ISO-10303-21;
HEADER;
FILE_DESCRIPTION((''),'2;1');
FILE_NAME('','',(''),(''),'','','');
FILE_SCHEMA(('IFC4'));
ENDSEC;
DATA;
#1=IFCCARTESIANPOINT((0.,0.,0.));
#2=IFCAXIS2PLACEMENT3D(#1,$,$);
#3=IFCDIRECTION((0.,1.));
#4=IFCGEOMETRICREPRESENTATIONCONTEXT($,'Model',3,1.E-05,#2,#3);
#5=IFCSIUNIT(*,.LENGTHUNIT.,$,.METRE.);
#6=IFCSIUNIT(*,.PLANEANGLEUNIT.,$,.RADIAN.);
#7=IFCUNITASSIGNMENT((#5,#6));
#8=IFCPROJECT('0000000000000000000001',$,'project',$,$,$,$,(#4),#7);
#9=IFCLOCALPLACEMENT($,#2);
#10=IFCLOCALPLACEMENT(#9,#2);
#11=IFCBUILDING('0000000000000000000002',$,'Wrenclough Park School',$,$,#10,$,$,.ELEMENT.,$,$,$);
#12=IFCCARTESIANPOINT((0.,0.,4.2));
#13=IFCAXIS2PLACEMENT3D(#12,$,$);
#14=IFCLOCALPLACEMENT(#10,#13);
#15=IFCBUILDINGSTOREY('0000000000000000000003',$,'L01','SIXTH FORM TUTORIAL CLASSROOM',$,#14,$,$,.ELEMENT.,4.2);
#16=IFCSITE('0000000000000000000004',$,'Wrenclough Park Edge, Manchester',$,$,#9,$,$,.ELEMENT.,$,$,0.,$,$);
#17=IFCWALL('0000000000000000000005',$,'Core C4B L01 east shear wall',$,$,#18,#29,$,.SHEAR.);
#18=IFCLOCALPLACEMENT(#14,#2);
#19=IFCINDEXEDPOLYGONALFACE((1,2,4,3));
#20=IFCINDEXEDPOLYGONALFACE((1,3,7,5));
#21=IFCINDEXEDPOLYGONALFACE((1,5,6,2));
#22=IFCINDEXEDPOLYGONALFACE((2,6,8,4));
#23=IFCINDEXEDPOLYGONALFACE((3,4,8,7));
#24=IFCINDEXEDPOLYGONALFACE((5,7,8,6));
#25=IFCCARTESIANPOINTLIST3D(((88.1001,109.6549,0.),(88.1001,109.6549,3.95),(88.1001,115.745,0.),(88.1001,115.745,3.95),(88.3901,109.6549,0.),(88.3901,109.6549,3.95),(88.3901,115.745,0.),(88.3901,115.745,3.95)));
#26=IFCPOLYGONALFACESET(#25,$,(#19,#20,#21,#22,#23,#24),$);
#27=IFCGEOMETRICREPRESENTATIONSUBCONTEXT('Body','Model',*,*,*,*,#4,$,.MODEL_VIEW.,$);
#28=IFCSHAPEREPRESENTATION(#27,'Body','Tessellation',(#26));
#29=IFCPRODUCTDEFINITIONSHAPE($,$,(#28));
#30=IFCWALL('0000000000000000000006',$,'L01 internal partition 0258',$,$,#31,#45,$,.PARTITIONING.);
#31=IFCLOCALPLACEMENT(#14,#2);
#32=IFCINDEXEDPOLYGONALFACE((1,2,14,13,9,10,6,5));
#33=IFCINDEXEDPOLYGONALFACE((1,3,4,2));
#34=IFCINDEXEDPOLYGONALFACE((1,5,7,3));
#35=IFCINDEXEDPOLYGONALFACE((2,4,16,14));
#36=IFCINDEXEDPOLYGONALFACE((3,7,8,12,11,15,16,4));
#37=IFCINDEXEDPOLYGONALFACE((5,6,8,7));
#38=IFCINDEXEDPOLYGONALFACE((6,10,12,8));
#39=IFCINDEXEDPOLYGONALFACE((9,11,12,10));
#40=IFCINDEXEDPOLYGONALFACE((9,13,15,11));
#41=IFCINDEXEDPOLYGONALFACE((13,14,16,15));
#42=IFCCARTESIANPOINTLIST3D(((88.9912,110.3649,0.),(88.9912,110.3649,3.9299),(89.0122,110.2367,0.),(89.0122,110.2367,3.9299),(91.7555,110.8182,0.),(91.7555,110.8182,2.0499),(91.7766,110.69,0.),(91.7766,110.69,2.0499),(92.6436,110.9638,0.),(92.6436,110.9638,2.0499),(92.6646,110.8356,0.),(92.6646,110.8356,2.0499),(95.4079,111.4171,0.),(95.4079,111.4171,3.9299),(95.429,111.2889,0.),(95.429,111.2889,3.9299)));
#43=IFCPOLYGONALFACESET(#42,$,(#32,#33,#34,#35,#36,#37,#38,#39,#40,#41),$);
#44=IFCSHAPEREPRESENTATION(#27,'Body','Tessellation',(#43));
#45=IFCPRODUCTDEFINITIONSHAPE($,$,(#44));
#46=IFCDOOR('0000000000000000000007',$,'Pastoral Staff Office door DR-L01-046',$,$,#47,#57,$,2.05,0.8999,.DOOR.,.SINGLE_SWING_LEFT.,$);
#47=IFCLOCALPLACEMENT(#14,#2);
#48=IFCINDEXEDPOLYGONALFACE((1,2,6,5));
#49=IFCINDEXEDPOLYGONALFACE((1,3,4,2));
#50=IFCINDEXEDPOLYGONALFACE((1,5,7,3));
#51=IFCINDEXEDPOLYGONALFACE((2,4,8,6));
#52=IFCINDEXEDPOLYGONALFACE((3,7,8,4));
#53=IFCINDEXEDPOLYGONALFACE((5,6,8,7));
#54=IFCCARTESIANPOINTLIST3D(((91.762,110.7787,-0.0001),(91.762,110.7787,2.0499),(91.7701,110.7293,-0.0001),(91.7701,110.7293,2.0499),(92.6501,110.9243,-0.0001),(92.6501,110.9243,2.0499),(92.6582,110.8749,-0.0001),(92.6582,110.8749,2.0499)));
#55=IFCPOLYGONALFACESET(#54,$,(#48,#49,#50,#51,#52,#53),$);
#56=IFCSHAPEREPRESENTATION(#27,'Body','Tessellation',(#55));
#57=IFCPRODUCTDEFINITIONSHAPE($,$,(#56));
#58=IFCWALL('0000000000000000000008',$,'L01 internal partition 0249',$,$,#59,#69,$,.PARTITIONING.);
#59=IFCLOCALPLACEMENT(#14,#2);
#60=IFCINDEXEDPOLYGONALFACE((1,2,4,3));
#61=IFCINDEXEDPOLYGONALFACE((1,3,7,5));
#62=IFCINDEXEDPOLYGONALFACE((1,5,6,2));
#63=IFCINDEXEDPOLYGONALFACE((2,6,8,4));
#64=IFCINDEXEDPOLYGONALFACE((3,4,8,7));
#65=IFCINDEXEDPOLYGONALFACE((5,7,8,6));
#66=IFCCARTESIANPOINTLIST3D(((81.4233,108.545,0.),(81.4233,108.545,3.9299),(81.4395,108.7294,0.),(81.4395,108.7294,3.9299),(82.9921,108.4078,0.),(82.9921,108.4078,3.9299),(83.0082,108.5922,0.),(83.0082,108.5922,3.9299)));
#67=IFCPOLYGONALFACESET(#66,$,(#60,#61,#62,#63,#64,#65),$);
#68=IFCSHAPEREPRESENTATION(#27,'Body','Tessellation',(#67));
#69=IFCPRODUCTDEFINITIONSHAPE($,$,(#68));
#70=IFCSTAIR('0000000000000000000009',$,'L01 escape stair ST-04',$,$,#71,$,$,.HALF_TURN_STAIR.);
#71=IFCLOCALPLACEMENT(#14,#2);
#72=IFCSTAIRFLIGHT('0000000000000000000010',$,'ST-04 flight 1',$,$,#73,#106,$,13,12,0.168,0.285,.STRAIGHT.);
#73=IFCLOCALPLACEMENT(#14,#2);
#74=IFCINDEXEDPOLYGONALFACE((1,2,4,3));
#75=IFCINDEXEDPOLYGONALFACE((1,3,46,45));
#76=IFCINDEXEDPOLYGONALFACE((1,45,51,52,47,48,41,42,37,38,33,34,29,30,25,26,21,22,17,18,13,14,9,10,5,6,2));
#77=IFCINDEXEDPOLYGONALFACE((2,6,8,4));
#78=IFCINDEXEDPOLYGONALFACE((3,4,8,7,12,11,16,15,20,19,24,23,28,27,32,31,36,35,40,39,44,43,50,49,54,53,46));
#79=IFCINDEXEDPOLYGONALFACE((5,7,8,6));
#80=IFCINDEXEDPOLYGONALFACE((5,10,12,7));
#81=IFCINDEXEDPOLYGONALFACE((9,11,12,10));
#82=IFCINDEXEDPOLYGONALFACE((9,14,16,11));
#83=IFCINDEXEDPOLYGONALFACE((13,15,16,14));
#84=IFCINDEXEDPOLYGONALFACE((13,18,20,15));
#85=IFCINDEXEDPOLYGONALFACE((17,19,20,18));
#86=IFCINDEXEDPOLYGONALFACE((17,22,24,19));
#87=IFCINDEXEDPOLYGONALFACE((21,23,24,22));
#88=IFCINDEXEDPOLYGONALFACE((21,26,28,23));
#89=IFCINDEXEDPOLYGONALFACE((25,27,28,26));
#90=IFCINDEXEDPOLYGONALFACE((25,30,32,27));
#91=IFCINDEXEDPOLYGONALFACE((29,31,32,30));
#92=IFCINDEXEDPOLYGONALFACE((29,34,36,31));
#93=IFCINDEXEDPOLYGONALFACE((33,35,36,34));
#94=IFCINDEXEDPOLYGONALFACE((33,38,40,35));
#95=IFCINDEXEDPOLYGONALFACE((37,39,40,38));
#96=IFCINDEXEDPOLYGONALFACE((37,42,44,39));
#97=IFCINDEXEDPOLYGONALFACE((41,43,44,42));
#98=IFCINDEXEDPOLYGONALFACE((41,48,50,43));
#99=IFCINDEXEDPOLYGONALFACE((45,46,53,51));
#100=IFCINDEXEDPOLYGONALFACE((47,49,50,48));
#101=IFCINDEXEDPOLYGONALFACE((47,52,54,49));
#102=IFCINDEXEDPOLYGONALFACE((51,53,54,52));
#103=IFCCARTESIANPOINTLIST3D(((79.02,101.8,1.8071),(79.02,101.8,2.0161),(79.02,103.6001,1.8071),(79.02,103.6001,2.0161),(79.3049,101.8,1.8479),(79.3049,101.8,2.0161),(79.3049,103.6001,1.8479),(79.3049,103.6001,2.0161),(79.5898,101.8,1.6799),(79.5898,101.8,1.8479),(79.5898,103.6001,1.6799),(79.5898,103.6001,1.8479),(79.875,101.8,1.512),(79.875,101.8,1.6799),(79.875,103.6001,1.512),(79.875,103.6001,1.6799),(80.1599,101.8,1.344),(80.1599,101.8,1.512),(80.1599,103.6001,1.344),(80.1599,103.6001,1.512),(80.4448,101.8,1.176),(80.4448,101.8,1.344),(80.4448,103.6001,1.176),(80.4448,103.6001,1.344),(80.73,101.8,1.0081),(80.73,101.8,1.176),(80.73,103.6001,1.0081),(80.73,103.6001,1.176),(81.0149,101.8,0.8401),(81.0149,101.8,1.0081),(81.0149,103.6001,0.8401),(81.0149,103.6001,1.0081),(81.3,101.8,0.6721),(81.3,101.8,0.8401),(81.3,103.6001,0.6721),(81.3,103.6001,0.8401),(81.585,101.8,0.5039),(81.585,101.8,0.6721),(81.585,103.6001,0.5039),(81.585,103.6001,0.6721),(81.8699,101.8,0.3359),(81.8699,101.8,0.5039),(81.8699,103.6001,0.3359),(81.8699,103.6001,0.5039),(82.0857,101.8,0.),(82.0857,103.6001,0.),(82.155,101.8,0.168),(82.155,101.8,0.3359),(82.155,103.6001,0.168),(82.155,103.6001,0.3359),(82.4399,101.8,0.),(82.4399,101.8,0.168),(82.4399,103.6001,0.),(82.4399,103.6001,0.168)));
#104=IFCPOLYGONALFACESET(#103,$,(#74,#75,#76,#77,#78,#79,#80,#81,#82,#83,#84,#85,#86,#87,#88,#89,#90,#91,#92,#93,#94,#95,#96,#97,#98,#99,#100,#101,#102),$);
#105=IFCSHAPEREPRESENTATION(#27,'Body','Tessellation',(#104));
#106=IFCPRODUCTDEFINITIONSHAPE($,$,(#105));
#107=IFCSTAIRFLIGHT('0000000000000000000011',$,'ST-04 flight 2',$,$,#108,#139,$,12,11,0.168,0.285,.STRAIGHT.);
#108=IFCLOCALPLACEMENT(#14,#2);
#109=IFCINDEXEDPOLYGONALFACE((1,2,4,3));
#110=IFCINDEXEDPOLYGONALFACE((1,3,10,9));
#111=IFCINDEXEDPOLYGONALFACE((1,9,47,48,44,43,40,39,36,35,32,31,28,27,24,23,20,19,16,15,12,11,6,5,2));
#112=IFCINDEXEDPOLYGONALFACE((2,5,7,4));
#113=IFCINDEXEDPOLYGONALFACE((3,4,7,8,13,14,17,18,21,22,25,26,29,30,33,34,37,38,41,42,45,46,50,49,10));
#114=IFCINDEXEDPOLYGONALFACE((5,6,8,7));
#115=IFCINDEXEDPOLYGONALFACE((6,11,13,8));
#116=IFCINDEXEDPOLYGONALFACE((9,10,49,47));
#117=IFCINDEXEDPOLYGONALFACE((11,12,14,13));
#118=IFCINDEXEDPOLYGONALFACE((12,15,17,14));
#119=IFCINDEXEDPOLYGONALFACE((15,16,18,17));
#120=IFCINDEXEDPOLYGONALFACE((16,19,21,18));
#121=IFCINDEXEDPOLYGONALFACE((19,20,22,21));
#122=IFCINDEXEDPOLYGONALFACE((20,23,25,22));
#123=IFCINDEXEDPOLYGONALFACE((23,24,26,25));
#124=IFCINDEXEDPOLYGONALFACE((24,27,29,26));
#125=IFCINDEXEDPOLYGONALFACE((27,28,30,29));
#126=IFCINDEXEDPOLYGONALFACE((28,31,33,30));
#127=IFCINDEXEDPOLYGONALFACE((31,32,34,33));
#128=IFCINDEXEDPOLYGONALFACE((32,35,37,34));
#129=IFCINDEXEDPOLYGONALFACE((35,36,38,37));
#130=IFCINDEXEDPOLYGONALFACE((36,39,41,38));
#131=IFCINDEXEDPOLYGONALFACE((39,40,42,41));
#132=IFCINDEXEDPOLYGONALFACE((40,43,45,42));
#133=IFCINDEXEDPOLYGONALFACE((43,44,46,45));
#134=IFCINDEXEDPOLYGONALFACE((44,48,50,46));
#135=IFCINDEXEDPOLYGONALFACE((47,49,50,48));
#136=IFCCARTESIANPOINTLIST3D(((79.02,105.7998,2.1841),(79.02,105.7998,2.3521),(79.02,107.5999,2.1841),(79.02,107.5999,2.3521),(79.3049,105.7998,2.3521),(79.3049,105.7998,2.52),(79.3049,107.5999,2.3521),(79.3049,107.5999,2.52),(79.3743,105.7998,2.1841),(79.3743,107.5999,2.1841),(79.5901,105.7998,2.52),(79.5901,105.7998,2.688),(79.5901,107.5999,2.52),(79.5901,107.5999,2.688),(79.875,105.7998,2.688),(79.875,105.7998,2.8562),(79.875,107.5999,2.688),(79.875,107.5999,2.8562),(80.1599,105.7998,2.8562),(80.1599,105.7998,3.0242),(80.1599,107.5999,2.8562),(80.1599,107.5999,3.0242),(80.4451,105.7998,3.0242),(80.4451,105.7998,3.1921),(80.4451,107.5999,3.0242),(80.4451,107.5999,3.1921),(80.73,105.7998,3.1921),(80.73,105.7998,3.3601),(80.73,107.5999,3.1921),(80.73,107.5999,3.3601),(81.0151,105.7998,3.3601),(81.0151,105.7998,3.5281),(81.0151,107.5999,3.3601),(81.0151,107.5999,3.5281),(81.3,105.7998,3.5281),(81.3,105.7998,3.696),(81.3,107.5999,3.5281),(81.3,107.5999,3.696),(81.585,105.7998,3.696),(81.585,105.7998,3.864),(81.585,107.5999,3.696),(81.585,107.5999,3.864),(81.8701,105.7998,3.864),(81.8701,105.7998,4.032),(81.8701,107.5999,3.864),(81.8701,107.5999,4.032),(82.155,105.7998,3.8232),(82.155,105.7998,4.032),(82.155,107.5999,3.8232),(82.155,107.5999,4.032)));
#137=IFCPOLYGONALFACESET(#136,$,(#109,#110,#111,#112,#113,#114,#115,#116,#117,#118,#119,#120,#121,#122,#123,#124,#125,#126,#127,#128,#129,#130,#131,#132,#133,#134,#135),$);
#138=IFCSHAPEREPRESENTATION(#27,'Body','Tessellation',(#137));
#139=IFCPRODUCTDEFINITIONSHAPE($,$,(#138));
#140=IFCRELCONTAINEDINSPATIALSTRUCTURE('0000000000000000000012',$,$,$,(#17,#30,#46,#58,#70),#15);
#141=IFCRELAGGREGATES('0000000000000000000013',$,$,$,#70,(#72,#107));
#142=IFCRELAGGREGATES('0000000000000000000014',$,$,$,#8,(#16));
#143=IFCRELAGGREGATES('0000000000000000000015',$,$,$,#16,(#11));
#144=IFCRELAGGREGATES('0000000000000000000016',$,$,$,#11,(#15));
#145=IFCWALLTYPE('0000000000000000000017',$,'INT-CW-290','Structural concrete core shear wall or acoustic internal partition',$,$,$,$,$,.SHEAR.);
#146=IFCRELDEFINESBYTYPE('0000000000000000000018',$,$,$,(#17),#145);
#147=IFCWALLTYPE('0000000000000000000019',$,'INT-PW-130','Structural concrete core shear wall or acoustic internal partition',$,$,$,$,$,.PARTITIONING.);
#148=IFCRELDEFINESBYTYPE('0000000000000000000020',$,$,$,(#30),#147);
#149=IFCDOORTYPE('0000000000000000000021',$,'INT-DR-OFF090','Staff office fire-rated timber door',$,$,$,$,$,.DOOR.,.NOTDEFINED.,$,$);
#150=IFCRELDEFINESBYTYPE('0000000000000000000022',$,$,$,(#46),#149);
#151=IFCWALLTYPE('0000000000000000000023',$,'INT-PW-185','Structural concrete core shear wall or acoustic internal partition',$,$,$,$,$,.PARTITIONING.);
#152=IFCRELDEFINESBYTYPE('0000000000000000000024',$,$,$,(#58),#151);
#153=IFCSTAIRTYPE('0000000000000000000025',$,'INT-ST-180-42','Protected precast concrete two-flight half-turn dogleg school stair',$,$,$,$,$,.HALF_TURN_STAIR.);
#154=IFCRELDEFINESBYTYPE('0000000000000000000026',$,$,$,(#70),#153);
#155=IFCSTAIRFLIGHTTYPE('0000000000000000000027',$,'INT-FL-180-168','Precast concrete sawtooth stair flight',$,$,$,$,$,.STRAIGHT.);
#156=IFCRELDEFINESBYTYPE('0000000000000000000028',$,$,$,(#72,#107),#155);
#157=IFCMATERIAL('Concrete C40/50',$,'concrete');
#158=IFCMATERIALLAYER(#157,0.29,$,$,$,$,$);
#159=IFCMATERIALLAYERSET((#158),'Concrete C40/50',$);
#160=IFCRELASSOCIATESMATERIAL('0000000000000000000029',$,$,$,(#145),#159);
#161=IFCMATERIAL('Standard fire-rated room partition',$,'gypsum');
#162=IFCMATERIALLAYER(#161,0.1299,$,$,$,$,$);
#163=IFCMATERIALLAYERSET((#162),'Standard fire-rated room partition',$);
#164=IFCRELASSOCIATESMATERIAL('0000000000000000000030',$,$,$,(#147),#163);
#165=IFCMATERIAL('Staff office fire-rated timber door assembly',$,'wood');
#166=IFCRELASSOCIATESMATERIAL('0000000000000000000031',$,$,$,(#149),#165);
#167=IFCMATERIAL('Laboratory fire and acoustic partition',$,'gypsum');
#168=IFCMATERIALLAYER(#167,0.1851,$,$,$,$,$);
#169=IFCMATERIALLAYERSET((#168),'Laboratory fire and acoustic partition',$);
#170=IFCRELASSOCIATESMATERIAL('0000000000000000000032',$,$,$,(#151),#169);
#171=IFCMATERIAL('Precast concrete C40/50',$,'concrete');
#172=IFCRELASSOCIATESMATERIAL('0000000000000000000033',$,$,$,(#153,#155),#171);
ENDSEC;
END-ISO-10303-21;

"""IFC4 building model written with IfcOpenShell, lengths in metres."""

from ifc_helpers import new_model, si_unit, direction, frame, frame_2d, origin, place, context, subcontext, project, spatial, polyline, rectangle, outline, extrude, material, layer, layer_set, type_object, element, fill, aggregate, save


model = new_model("IFC4")

# Units and contexts
model_context = context("Model", 3, precision=1e-05, world=origin(), true_north=direction((0.0, 1.0)))
body_context = subcontext(model_context, "Body", "Model", "MODEL_VIEW")
ifc_project = project(units=[si_unit("LENGTHUNIT", "METRE"), si_unit("PLANEANGLEUNIT", "RADIAN")], contexts=[model_context])

# Site, building, storey
site_placement = place(None, origin())
site = spatial("IfcSite", under=ifc_project, at=site_placement, Name="Wrenclough Park Edge, Manchester", CompositionType="ELEMENT", RefElevation=0.0)
building_placement = place(site_placement, origin())
building = spatial("IfcBuilding", under=site, at=building_placement, Name="Wrenclough Park School", CompositionType="ELEMENT")
storey_placement = place(building_placement, frame((0.0, 0.0, 4.2)))
storey = spatial("IfcBuildingStorey", under=building, at=storey_placement, Name="L01", Description="SIXTH FORM TUTORIAL CLASSROOM", CompositionType="ELEMENT", Elevation=4.2)

# Shared definitions
ifc_material_1 = material(Name="Concrete C40/50", Category="concrete")
ifc_layer_1 = layer(ifc_material_1, 0.29)
ifc_layer_set_1 = layer_set([ifc_layer_1], Name="Concrete C40/50")
wall_type_1 = type_object("IfcWallType", Name="INT-CW-290", Description="Structural concrete core shear wall or acoustic internal partition", PredefinedType="SHEAR", material=ifc_layer_set_1)

# Wall
wall_1_placement = place(storey_placement, frame((88.2451, 109.655, 0.0), z_axis=(0.0, 0.0, 1.0), x_axis=(0.0, 1.0, 0.0)))
element("IfcWall", 1, at=wall_1_placement, inside=storey, type_object=wall_type_1, Name="Core C4B L01 east shear wall", PredefinedType="SHEAR", context=body_context, shape_type="SweptSolid", body=[
    extrude(rectangle(XDim=6.0901, YDim=0.29, at=frame_2d((3.0449, 0.0))), origin(), (0.0, 0.0, 1.0), 3.95),
])

# Wall, opening, door
ifc_material_2 = material(Name="Standard fire-rated room partition", Category="gypsum")
ifc_layer_2 = layer(ifc_material_2, 0.1299)
ifc_layer_set_2 = layer_set([ifc_layer_2], Name="Standard fire-rated room partition")
wall_type_2 = type_object("IfcWallType", Name="INT-PW-130", Description="Structural concrete core shear wall or acoustic internal partition", PredefinedType="PARTITIONING", material=ifc_layer_set_2)
wall_2_placement = place(storey_placement, frame((89.0017, 110.3008, 0.0), z_axis=(0.0, 0.0, 1.0), x_axis=(0.98682, 0.161823, 0.0)))
wall_2 = element("IfcWall", 2, at=wall_2_placement, inside=storey, type_object=wall_type_2, Name="L01 internal partition 0258", PredefinedType="PARTITIONING", context=body_context, shape_type="SweptSolid", body=[
    extrude(rectangle(XDim=6.5024, YDim=0.1299, at=frame_2d((3.2512, 0.0))), origin(), (0.0, 0.0, 1.0), 3.9299),
])
opening_1_placement = place(wall_2_placement, frame((2.8013, 0.0, 0.0)))
opening_1 = element("IfcOpeningElement", 3, at=opening_1_placement, cuts=wall_2, PredefinedType="OPENING", context=body_context, shape_type="SweptSolid", body=[
    extrude(rectangle(XDim=0.8999, YDim=2.05, at=frame_2d((0.45, 1.0249))), frame((0.0, 0.075, 0.0), z_axis=(0.0, -1.0, 0.0), x_axis=(1.0, 0.0, 0.0)), (0.0, 0.0, 1.0), 0.1499),
])
ifc_material_3 = material(Name="Staff office fire-rated timber door assembly", Category="wood")
door_type_1 = type_object("IfcDoorType", Name="INT-DR-OFF090", Description="Staff office fire-rated timber door", OperationType="NOTDEFINED", PredefinedType="DOOR", material=ifc_material_3)
door_1_placement = place(opening_1_placement, origin())
door_1 = element("IfcDoor", 4, at=door_1_placement, inside=storey, type_object=door_type_1, Name="Pastoral Staff Office door DR-L01-046", OperationType="SINGLE_SWING_LEFT", OverallHeight=2.05, OverallWidth=0.8999, PredefinedType="DOOR", context=body_context, shape_type="SweptSolid", body=[
    extrude(rectangle(XDim=0.8999, YDim=2.05, at=frame_2d((0.45, 1.0249))), frame((0.0, 0.0249, 0.0), z_axis=(0.0, -1.0, 0.0), x_axis=(1.0, 0.0, 0.0)), (0.0, 0.0, 1.0), 0.05),
])
fill(opening_1, door_1)

# Wall
ifc_material_4 = material(Name="Laboratory fire and acoustic partition", Category="gypsum")
ifc_layer_3 = layer(ifc_material_4, 0.1851)
ifc_layer_set_3 = layer_set([ifc_layer_3], Name="Laboratory fire and acoustic partition")
wall_type_3 = type_object("IfcWallType", Name="INT-PW-185", Description="Structural concrete core shear wall or acoustic internal partition", PredefinedType="PARTITIONING", material=ifc_layer_set_3)
wall_3_placement = place(storey_placement, frame((81.4314, 108.6372, 0.0), z_axis=(0.0, 0.0, 1.0), x_axis=(0.996196, -0.087138, 0.0)))
element("IfcWall", 5, at=wall_3_placement, inside=storey, type_object=wall_type_3, Name="L01 internal partition 0249", PredefinedType="PARTITIONING", context=body_context, shape_type="SweptSolid", body=[
    extrude(rectangle(XDim=1.5747, YDim=0.1851, at=frame_2d((0.7874, 0.0))), origin(), (0.0, 0.0, 1.0), 3.9299),
])

# Stair, stair flights
ifc_material_5 = material(Name="Precast concrete C40/50", Category="concrete")
stair_type = type_object("IfcStairType", Name="INT-ST-180-42", Description="Protected precast concrete two-flight half-turn dogleg school stair", PredefinedType="HALF_TURN_STAIR", material=ifc_material_5)
stair_placement = place(storey_placement, origin())
stair = element("IfcStair", 6, at=stair_placement, inside=storey, type_object=stair_type, Name="L01 escape stair ST-04", PredefinedType="HALF_TURN_STAIR")
stair_flight_type = type_object("IfcStairFlightType", Name="INT-FL-180-168", Description="Precast concrete sawtooth stair flight", PredefinedType="STRAIGHT", material=ifc_material_5)
stair_flight_1_placement = place(storey_placement, frame((82.4399, 102.7, 0.0), z_axis=(0.0, 0.0, 1.0), x_axis=(-1.0, 0.0, 0.0)))
stair_flight_1 = element("IfcStairFlight", 7, at=stair_flight_1_placement, type_object=stair_flight_type, Name="ST-04 flight 1", NumberOfRisers=13, NumberOfTreads=12, PredefinedType="STRAIGHT", RiserHeight=0.168, TreadLength=0.285, context=body_context, shape_type="SweptSolid", body=[
    extrude(outline(polyline([(0.0, 0.0), (0.0, 0.168), (0.2849, 0.168), (0.2849, 0.3359), (0.5701, 0.3359), (0.5701, 0.5039), (0.855, 0.5039), (0.855, 0.6721), (1.1399, 0.6721), (1.1399, 0.8401), (1.425, 0.8401), (1.425, 1.0081), (1.71, 1.0081), (1.71, 1.176), (1.9951, 1.176), (1.9951, 1.344), (2.28, 1.344), (2.28, 1.512), (2.5649, 1.512), (2.5649, 1.6799), (2.8501, 1.6799), (2.8501, 1.8479), (3.135, 1.8479), (3.135, 2.0161), (3.4199, 2.0161), (3.4199, 2.1841), (3.4199, 1.8071), (0.3542, 0.0), (0.0, 0.0)])), frame((0.0, 0.8999, 0.0), z_axis=(0.0, -1.0, 0.0), x_axis=(1.0, 0.0, 0.0)), (0.0, 0.0, 1.0), 1.8),
])
stair_flight_2_placement = place(storey_placement, frame((79.02, 106.7, 2.1841), z_axis=(0.0, 0.0, 1.0), x_axis=(1.0, 0.0, 0.0)))
stair_flight_2 = element("IfcStairFlight", 8, at=stair_flight_2_placement, type_object=stair_flight_type, Name="ST-04 flight 2", NumberOfRisers=12, NumberOfTreads=11, PredefinedType="STRAIGHT", RiserHeight=0.168, TreadLength=0.285, context=body_context, shape_type="SweptSolid", body=[
    extrude(outline(polyline([(0.0, 0.0), (0.0, 0.168), (0.2849, 0.168), (0.2849, 0.3359), (0.5701, 0.3359), (0.5701, 0.5039), (0.855, 0.5039), (0.855, 0.6721), (1.1399, 0.6721), (1.1399, 0.8401), (1.425, 0.8401), (1.425, 1.0081), (1.71, 1.0081), (1.71, 1.176), (1.9951, 1.176), (1.9951, 1.344), (2.28, 1.344), (2.28, 1.512), (2.5649, 1.512), (2.5649, 1.6799), (2.8501, 1.6799), (2.8501, 1.8479), (3.135, 1.8479), (3.135, 2.0161), (3.135, 1.6392), (0.3542, 0.0), (0.0, 0.0)])), frame((0.0, 0.8999, 0.0), z_axis=(0.0, -1.0, 0.0), x_axis=(1.0, 0.0, 0.0)), (0.0, 0.0, 1.0), 1.8),
])
aggregate(stair, [stair_flight_1, stair_flight_2])

save(model, "model.ifc")
